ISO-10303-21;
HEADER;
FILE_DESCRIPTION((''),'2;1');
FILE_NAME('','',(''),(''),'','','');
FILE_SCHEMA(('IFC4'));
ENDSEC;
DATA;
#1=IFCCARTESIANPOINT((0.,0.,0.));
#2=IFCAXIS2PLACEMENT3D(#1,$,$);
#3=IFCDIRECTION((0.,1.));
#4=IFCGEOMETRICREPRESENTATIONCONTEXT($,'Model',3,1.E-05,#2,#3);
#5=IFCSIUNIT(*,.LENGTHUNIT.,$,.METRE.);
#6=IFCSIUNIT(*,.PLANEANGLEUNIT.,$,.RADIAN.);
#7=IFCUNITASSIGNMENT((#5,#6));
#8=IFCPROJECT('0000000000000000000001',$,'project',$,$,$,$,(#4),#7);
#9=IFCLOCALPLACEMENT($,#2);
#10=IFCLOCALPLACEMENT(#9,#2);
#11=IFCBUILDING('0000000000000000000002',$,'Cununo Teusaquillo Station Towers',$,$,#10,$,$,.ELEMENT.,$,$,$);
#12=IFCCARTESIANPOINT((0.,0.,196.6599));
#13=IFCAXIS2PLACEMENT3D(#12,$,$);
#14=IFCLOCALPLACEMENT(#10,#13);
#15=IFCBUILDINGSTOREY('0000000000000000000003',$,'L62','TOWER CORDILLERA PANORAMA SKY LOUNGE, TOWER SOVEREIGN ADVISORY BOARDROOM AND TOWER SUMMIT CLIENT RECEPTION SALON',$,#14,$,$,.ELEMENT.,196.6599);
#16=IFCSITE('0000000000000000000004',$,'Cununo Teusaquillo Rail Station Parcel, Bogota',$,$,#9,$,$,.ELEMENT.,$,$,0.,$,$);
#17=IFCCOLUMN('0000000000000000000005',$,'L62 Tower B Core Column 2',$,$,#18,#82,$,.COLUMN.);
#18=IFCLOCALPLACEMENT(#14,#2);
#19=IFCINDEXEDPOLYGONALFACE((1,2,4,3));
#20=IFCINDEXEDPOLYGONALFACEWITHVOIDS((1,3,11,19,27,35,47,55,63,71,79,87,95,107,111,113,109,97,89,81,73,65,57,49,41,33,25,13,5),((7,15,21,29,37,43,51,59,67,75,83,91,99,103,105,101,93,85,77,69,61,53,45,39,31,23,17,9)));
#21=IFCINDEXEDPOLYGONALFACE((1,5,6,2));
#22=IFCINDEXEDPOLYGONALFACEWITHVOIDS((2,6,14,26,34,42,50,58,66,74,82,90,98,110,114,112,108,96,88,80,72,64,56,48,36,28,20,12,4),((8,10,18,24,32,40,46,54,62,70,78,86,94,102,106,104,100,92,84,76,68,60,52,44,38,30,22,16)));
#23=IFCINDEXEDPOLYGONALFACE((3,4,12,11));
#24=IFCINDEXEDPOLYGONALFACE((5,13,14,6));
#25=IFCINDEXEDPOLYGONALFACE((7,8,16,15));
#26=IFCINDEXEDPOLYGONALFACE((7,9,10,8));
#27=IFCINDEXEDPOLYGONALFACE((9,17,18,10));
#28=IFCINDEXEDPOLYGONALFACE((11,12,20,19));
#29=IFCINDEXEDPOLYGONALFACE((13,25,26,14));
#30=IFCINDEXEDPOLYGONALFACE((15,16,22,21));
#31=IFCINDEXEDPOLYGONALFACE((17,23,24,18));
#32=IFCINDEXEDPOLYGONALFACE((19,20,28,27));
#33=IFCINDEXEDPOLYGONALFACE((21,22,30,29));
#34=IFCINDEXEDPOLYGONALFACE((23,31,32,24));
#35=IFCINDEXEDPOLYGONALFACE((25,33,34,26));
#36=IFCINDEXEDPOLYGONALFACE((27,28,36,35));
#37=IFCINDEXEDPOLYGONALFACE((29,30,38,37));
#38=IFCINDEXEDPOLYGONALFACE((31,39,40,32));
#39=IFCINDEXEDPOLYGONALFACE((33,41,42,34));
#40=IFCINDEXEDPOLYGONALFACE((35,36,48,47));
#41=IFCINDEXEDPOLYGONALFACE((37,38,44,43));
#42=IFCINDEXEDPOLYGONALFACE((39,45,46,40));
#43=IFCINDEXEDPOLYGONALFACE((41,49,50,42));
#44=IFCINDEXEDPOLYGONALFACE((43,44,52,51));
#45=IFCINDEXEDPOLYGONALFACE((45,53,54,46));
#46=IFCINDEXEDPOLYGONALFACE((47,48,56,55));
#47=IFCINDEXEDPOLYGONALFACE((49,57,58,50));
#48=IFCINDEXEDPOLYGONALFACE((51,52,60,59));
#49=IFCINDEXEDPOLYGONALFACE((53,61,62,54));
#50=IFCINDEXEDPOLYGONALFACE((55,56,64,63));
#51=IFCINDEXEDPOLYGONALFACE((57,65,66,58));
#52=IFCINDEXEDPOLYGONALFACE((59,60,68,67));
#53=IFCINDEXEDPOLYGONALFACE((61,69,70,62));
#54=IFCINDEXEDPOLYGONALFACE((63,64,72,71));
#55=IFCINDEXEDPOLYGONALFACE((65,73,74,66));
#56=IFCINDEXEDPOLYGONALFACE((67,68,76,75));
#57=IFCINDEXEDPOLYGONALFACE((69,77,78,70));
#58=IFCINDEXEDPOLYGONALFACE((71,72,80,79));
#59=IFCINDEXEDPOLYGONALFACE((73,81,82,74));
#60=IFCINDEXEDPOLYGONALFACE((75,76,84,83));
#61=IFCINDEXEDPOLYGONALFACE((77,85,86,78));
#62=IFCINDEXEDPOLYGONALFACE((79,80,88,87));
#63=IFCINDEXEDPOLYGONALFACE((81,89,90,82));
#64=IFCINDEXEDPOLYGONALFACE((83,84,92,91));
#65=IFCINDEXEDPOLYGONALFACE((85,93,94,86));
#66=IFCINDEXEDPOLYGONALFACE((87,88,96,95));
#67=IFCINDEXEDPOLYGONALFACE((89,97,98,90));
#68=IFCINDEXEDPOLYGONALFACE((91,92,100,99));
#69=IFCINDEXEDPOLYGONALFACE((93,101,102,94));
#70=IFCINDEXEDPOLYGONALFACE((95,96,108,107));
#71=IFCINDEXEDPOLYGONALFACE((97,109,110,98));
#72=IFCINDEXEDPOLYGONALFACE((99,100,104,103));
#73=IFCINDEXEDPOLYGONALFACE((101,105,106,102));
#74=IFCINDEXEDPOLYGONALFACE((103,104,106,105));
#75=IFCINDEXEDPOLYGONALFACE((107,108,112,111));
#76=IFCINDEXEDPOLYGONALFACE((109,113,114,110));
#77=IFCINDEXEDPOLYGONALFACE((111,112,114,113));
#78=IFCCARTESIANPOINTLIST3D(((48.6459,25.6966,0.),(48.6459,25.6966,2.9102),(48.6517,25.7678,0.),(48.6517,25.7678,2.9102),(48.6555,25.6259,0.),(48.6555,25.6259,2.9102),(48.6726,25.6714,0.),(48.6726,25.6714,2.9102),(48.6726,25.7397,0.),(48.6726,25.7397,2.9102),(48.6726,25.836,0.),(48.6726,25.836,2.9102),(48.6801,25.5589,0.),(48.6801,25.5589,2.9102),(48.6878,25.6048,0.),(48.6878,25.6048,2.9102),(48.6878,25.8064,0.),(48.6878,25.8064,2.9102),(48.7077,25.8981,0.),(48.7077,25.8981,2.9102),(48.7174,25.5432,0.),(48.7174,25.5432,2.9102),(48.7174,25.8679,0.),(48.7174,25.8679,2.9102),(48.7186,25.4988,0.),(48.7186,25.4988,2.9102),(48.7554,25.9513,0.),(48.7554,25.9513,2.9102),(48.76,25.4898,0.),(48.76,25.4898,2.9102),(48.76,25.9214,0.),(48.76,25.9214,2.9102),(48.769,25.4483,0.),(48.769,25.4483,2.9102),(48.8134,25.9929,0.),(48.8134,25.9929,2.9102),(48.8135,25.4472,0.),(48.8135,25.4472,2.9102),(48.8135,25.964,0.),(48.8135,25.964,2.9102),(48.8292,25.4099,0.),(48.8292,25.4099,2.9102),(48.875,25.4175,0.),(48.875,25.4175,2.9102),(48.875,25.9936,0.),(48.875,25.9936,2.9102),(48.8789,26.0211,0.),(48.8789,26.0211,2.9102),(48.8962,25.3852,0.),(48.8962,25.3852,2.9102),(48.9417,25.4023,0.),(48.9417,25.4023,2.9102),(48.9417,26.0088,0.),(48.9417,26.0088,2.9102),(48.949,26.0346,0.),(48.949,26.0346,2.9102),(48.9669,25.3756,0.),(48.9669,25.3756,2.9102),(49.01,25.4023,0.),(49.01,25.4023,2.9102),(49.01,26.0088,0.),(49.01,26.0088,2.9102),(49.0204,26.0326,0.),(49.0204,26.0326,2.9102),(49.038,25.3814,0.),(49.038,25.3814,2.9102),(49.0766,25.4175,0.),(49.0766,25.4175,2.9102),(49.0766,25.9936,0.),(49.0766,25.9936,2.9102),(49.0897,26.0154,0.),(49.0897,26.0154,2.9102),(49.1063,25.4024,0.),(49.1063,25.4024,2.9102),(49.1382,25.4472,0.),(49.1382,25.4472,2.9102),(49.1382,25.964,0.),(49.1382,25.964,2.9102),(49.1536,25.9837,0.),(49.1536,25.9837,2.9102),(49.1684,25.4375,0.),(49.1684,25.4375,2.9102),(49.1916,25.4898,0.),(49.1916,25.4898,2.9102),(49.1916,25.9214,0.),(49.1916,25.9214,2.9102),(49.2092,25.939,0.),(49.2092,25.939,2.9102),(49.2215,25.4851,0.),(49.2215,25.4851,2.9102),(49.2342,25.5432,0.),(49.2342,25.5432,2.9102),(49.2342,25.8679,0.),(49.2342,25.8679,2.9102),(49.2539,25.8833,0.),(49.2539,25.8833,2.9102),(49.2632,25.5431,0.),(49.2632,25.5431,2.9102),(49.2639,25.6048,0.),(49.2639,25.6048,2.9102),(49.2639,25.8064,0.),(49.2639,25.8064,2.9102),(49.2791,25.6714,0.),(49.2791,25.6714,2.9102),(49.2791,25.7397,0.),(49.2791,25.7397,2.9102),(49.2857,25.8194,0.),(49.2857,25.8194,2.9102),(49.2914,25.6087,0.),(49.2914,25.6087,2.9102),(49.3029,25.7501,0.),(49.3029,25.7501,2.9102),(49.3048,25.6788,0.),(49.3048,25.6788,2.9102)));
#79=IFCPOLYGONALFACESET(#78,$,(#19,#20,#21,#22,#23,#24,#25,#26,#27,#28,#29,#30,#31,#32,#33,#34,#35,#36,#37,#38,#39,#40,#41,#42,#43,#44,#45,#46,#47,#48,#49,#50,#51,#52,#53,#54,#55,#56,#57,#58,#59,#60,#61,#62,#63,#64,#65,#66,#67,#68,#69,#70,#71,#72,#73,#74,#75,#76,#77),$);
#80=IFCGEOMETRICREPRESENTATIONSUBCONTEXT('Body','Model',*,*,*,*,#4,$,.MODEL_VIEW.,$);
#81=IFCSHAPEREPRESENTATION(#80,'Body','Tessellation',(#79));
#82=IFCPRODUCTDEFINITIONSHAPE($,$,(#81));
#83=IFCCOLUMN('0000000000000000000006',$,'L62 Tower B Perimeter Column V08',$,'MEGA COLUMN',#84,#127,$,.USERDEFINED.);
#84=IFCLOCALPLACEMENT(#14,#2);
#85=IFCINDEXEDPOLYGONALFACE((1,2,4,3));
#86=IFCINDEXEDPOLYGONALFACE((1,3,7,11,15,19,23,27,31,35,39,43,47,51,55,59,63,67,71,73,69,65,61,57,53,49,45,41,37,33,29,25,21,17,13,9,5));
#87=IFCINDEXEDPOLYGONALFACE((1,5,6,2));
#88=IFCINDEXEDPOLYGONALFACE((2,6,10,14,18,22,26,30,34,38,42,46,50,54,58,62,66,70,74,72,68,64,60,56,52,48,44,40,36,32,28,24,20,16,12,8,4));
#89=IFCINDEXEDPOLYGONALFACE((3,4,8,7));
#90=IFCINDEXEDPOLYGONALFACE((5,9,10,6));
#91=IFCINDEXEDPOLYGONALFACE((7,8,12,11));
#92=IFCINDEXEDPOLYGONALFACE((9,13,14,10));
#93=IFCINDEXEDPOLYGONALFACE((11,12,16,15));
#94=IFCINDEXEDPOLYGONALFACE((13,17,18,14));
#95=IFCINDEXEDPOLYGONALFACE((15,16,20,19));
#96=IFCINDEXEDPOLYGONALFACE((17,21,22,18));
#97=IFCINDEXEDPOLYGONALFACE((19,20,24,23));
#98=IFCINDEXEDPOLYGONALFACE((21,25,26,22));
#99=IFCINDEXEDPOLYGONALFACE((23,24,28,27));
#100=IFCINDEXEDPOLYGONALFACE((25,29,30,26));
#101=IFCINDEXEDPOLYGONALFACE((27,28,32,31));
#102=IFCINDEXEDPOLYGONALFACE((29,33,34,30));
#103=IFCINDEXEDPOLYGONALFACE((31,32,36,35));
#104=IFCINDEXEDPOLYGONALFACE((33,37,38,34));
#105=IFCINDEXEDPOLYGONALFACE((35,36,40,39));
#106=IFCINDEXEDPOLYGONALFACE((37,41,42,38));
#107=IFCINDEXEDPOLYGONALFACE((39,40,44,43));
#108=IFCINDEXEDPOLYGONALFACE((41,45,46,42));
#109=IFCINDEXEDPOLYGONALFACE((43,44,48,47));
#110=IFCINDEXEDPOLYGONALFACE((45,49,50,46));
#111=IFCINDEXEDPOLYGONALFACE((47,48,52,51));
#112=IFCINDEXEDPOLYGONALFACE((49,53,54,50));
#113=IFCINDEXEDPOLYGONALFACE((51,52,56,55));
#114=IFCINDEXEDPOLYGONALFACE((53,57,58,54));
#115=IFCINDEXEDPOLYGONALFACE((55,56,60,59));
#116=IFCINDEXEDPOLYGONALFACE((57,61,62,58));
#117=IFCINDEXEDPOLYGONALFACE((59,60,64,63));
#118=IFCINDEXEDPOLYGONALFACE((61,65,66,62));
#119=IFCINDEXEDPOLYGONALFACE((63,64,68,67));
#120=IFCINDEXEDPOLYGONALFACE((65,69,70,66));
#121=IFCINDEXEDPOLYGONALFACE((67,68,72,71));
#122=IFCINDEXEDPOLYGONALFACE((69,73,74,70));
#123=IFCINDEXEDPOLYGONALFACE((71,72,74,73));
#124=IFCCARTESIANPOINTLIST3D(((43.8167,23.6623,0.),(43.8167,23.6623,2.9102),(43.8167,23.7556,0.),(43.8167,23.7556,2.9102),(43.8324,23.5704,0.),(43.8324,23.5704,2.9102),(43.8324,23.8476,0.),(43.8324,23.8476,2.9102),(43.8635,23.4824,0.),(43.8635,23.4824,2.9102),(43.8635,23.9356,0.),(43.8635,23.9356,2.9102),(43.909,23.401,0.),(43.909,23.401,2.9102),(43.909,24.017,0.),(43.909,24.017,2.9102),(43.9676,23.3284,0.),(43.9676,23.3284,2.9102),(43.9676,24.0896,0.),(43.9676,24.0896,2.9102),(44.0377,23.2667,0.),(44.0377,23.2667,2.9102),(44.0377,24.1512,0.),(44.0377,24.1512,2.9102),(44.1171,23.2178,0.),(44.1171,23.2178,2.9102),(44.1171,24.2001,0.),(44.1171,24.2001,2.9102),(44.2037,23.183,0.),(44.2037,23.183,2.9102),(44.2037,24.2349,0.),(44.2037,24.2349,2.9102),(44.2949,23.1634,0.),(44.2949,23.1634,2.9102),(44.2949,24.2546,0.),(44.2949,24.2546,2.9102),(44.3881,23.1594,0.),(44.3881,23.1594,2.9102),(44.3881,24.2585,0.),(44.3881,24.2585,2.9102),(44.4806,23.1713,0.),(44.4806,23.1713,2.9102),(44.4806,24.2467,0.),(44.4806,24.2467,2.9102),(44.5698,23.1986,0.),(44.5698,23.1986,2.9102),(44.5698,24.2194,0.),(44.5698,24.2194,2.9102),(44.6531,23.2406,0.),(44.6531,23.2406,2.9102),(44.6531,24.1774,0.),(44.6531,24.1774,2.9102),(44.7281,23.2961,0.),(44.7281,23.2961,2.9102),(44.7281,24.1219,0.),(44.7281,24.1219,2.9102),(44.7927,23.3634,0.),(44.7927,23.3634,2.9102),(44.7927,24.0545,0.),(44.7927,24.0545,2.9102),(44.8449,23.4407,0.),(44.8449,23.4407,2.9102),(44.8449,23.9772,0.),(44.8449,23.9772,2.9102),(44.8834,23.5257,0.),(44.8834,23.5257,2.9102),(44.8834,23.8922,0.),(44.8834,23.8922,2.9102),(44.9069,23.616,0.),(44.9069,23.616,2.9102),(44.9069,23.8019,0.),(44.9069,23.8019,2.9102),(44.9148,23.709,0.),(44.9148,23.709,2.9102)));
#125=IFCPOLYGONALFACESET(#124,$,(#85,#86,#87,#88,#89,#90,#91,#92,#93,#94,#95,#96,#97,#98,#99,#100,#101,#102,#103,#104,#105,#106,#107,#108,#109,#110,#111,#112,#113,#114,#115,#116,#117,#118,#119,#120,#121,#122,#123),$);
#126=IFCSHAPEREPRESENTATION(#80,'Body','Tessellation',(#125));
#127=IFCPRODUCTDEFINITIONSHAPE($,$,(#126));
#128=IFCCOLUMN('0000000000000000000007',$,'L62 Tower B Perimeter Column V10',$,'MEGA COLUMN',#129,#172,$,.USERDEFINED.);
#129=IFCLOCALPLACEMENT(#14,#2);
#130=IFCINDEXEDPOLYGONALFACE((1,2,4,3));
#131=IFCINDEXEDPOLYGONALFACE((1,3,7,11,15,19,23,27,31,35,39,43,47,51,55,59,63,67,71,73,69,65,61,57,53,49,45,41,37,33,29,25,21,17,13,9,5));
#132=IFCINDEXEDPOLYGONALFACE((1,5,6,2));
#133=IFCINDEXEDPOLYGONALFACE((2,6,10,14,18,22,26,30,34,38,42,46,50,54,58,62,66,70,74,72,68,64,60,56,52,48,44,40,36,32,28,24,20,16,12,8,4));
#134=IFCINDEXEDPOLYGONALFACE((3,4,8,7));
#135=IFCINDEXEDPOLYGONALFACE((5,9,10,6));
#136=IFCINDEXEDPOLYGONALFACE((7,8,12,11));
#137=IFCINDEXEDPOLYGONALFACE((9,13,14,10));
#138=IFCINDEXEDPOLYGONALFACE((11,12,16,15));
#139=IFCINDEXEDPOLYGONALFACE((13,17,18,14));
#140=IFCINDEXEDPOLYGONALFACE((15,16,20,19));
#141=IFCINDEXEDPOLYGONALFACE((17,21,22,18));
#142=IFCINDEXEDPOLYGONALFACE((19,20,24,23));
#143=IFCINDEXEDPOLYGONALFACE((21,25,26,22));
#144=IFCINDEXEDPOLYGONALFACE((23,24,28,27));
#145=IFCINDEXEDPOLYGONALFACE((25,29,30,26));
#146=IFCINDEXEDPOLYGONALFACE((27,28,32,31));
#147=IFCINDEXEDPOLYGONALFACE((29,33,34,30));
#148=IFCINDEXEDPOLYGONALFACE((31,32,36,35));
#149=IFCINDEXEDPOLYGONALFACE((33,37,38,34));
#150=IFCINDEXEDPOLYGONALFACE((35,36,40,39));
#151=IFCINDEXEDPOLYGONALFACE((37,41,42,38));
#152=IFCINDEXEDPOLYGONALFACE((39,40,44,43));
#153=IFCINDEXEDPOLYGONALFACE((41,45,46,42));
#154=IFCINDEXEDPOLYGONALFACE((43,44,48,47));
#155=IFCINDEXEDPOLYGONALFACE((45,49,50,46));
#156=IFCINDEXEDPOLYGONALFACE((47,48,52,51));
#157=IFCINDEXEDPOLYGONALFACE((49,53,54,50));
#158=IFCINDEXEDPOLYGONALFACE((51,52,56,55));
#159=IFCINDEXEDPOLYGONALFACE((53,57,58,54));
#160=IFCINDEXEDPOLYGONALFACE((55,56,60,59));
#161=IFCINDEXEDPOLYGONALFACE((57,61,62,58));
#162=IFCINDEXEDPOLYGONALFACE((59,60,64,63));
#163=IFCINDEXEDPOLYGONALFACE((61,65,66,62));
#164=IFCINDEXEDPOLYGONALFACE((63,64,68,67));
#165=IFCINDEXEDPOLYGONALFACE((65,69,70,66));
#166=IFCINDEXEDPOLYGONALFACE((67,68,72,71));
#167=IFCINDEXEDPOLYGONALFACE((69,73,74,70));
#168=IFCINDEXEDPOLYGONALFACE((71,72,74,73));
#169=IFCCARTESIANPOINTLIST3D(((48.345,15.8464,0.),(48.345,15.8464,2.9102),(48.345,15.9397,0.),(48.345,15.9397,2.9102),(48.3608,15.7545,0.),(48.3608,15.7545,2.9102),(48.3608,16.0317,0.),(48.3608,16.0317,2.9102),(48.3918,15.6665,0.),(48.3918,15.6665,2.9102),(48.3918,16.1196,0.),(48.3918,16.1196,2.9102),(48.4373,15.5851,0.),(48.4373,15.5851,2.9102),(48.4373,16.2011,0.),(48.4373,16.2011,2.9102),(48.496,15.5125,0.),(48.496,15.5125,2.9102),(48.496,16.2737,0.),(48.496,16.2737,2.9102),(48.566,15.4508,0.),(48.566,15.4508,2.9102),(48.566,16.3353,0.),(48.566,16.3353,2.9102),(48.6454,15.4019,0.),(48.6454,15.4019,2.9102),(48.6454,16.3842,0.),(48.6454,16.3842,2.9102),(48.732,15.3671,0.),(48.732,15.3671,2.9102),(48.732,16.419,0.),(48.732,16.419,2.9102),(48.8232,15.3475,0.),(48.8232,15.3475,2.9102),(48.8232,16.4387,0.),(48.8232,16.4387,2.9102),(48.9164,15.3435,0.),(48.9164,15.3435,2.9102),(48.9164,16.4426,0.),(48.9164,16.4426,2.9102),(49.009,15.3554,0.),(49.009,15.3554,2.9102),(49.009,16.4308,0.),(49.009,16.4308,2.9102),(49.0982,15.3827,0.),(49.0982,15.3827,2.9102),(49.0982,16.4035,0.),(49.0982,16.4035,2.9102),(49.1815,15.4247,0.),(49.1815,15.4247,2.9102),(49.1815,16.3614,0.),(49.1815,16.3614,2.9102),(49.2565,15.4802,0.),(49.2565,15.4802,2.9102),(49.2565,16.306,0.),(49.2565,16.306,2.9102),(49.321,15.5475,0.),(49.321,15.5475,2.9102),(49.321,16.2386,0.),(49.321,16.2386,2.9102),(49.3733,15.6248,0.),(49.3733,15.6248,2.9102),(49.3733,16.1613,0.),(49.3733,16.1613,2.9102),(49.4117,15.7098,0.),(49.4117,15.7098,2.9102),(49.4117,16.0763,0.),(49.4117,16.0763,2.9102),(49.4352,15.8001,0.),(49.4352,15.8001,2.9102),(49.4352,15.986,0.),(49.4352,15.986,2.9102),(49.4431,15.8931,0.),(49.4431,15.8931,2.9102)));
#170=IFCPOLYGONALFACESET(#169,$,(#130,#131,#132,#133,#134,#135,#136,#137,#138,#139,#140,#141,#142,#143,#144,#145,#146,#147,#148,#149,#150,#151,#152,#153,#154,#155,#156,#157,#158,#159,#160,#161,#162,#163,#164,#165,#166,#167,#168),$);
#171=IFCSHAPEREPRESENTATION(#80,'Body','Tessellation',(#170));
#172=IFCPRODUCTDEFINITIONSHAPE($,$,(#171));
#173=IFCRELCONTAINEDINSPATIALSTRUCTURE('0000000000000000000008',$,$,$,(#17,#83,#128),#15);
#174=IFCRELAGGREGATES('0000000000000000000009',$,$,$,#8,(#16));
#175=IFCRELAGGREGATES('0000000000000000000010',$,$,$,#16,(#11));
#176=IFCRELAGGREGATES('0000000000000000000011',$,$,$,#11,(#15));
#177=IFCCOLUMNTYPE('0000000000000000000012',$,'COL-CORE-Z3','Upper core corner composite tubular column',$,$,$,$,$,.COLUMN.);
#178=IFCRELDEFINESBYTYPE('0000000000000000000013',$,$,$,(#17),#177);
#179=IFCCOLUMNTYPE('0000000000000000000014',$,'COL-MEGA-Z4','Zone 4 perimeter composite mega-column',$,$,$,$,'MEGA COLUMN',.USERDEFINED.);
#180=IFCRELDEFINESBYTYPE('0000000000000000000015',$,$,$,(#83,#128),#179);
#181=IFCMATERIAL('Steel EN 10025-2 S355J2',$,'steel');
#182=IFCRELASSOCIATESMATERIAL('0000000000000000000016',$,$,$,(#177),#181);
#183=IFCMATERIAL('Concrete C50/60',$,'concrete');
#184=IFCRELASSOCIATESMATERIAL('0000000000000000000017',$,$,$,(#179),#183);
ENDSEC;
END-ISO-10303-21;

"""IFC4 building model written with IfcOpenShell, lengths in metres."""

from ifc_helpers import new_model, si_unit, direction, frame, origin, origin_2d, place, context, subcontext, project, spatial, circle, hollow_circle, extrude, material, material_profile, profile_set, type_object, element, save


model = new_model("IFC4")

# Units and contexts
model_context = context("Model", 3, precision=1e-05, world=origin(), true_north=direction((0.0, 1.0)))
body_context = subcontext(model_context, "Body", "Model", "MODEL_VIEW")
ifc_project = project(units=[si_unit("LENGTHUNIT", "METRE"), si_unit("PLANEANGLEUNIT", "RADIAN")], contexts=[model_context])

# Site, building, storey
site_placement = place(None, origin())
site = spatial("IfcSite", under=ifc_project, at=site_placement, Name="Cununo Teusaquillo Rail Station Parcel, Bogota", CompositionType="ELEMENT", RefElevation=0.0)
building_placement = place(site_placement, origin())
building = spatial("IfcBuilding", under=site, at=building_placement, Name="Cununo Teusaquillo Station Towers", CompositionType="ELEMENT")
storey_placement = place(building_placement, frame((0.0, 0.0, 196.6599)))
storey = spatial("IfcBuildingStorey", under=building, at=storey_placement, Name="L62", Description="TOWER CORDILLERA PANORAMA SKY LOUNGE, TOWER SOVEREIGN ADVISORY BOARDROOM AND TOWER SUMMIT CLIENT RECEPTION SALON", CompositionType="ELEMENT", Elevation=196.6599)

# Columns
ifc_material_1 = material(Name="Steel EN 10025-2 S355J2", Category="steel")
ifc_material_profile_1 = material_profile(ifc_material_1, hollow_circle(Radius=0.3301, WallThickness=0.0249, at=origin_2d()), Name="CHS 660x25")
ifc_profile_set_1 = profile_set([ifc_material_profile_1], Name="Steel EN 10025-2 S355J2")
column_type_1 = type_object("IfcColumnType", Name="COL-CORE-Z3", Description="Upper core corner composite tubular column", PredefinedType="COLUMN", material=ifc_profile_set_1)
column_placement = place(storey_placement, frame((48.9758, 25.7056, 0.0), z_axis=(0.0, 0.0, 1.0), x_axis=(0.707107, 0.707107, 0.0)))
element("IfcColumn", 1, at=column_placement, inside=storey, type_object=column_type_1, Name="L62 Tower B Core Column 2", PredefinedType="COLUMN", context=body_context, shape_type="SweptSolid", body=[
    extrude(hollow_circle(Radius=0.3301, WallThickness=0.0249, at=origin_2d()), origin(), (0.0, 0.0, 1.0), 2.9102),
])
ifc_material_2 = material(Name="Concrete C50/60", Category="concrete")
ifc_material_profile_2 = material_profile(ifc_material_2, circle(Radius=0.55, at=origin_2d()), Name="RC-CIRC-1100")
ifc_profile_set_2 = profile_set([ifc_material_profile_2], Name="Concrete C50/60")
column_type_2 = type_object("IfcColumnType", Name="COL-MEGA-Z4", Description="Zone 4 perimeter composite mega-column", ElementType="MEGA COLUMN", PredefinedType="USERDEFINED", material=ifc_profile_set_2)
for number, where, z_axis, x_axis, name in (
    (2, (44.3647, 23.709, 0.0), (0.0, 0.0, 1.0), (1.0, 0.0, 0.0), "L62 Tower B Perimeter Column V08"),
    (3, (48.8931, 15.8931, 0.0), (0.0, 0.0, 1.0), (1.0, 0.0, 0.0), "L62 Tower B Perimeter Column V10"),
):
    element("IfcColumn", number, at=place(storey_placement, frame(where, z_axis=z_axis, x_axis=x_axis)), inside=storey, type_object=column_type_2, Name=name, ObjectType="MEGA COLUMN", PredefinedType="USERDEFINED", context=body_context, shape_type="SweptSolid", body=[
        extrude(circle(Radius=0.55, at=origin_2d()), origin(), (0.0, 0.0, 1.0), 2.9102),
    ])

save(model, "model.ifc")
